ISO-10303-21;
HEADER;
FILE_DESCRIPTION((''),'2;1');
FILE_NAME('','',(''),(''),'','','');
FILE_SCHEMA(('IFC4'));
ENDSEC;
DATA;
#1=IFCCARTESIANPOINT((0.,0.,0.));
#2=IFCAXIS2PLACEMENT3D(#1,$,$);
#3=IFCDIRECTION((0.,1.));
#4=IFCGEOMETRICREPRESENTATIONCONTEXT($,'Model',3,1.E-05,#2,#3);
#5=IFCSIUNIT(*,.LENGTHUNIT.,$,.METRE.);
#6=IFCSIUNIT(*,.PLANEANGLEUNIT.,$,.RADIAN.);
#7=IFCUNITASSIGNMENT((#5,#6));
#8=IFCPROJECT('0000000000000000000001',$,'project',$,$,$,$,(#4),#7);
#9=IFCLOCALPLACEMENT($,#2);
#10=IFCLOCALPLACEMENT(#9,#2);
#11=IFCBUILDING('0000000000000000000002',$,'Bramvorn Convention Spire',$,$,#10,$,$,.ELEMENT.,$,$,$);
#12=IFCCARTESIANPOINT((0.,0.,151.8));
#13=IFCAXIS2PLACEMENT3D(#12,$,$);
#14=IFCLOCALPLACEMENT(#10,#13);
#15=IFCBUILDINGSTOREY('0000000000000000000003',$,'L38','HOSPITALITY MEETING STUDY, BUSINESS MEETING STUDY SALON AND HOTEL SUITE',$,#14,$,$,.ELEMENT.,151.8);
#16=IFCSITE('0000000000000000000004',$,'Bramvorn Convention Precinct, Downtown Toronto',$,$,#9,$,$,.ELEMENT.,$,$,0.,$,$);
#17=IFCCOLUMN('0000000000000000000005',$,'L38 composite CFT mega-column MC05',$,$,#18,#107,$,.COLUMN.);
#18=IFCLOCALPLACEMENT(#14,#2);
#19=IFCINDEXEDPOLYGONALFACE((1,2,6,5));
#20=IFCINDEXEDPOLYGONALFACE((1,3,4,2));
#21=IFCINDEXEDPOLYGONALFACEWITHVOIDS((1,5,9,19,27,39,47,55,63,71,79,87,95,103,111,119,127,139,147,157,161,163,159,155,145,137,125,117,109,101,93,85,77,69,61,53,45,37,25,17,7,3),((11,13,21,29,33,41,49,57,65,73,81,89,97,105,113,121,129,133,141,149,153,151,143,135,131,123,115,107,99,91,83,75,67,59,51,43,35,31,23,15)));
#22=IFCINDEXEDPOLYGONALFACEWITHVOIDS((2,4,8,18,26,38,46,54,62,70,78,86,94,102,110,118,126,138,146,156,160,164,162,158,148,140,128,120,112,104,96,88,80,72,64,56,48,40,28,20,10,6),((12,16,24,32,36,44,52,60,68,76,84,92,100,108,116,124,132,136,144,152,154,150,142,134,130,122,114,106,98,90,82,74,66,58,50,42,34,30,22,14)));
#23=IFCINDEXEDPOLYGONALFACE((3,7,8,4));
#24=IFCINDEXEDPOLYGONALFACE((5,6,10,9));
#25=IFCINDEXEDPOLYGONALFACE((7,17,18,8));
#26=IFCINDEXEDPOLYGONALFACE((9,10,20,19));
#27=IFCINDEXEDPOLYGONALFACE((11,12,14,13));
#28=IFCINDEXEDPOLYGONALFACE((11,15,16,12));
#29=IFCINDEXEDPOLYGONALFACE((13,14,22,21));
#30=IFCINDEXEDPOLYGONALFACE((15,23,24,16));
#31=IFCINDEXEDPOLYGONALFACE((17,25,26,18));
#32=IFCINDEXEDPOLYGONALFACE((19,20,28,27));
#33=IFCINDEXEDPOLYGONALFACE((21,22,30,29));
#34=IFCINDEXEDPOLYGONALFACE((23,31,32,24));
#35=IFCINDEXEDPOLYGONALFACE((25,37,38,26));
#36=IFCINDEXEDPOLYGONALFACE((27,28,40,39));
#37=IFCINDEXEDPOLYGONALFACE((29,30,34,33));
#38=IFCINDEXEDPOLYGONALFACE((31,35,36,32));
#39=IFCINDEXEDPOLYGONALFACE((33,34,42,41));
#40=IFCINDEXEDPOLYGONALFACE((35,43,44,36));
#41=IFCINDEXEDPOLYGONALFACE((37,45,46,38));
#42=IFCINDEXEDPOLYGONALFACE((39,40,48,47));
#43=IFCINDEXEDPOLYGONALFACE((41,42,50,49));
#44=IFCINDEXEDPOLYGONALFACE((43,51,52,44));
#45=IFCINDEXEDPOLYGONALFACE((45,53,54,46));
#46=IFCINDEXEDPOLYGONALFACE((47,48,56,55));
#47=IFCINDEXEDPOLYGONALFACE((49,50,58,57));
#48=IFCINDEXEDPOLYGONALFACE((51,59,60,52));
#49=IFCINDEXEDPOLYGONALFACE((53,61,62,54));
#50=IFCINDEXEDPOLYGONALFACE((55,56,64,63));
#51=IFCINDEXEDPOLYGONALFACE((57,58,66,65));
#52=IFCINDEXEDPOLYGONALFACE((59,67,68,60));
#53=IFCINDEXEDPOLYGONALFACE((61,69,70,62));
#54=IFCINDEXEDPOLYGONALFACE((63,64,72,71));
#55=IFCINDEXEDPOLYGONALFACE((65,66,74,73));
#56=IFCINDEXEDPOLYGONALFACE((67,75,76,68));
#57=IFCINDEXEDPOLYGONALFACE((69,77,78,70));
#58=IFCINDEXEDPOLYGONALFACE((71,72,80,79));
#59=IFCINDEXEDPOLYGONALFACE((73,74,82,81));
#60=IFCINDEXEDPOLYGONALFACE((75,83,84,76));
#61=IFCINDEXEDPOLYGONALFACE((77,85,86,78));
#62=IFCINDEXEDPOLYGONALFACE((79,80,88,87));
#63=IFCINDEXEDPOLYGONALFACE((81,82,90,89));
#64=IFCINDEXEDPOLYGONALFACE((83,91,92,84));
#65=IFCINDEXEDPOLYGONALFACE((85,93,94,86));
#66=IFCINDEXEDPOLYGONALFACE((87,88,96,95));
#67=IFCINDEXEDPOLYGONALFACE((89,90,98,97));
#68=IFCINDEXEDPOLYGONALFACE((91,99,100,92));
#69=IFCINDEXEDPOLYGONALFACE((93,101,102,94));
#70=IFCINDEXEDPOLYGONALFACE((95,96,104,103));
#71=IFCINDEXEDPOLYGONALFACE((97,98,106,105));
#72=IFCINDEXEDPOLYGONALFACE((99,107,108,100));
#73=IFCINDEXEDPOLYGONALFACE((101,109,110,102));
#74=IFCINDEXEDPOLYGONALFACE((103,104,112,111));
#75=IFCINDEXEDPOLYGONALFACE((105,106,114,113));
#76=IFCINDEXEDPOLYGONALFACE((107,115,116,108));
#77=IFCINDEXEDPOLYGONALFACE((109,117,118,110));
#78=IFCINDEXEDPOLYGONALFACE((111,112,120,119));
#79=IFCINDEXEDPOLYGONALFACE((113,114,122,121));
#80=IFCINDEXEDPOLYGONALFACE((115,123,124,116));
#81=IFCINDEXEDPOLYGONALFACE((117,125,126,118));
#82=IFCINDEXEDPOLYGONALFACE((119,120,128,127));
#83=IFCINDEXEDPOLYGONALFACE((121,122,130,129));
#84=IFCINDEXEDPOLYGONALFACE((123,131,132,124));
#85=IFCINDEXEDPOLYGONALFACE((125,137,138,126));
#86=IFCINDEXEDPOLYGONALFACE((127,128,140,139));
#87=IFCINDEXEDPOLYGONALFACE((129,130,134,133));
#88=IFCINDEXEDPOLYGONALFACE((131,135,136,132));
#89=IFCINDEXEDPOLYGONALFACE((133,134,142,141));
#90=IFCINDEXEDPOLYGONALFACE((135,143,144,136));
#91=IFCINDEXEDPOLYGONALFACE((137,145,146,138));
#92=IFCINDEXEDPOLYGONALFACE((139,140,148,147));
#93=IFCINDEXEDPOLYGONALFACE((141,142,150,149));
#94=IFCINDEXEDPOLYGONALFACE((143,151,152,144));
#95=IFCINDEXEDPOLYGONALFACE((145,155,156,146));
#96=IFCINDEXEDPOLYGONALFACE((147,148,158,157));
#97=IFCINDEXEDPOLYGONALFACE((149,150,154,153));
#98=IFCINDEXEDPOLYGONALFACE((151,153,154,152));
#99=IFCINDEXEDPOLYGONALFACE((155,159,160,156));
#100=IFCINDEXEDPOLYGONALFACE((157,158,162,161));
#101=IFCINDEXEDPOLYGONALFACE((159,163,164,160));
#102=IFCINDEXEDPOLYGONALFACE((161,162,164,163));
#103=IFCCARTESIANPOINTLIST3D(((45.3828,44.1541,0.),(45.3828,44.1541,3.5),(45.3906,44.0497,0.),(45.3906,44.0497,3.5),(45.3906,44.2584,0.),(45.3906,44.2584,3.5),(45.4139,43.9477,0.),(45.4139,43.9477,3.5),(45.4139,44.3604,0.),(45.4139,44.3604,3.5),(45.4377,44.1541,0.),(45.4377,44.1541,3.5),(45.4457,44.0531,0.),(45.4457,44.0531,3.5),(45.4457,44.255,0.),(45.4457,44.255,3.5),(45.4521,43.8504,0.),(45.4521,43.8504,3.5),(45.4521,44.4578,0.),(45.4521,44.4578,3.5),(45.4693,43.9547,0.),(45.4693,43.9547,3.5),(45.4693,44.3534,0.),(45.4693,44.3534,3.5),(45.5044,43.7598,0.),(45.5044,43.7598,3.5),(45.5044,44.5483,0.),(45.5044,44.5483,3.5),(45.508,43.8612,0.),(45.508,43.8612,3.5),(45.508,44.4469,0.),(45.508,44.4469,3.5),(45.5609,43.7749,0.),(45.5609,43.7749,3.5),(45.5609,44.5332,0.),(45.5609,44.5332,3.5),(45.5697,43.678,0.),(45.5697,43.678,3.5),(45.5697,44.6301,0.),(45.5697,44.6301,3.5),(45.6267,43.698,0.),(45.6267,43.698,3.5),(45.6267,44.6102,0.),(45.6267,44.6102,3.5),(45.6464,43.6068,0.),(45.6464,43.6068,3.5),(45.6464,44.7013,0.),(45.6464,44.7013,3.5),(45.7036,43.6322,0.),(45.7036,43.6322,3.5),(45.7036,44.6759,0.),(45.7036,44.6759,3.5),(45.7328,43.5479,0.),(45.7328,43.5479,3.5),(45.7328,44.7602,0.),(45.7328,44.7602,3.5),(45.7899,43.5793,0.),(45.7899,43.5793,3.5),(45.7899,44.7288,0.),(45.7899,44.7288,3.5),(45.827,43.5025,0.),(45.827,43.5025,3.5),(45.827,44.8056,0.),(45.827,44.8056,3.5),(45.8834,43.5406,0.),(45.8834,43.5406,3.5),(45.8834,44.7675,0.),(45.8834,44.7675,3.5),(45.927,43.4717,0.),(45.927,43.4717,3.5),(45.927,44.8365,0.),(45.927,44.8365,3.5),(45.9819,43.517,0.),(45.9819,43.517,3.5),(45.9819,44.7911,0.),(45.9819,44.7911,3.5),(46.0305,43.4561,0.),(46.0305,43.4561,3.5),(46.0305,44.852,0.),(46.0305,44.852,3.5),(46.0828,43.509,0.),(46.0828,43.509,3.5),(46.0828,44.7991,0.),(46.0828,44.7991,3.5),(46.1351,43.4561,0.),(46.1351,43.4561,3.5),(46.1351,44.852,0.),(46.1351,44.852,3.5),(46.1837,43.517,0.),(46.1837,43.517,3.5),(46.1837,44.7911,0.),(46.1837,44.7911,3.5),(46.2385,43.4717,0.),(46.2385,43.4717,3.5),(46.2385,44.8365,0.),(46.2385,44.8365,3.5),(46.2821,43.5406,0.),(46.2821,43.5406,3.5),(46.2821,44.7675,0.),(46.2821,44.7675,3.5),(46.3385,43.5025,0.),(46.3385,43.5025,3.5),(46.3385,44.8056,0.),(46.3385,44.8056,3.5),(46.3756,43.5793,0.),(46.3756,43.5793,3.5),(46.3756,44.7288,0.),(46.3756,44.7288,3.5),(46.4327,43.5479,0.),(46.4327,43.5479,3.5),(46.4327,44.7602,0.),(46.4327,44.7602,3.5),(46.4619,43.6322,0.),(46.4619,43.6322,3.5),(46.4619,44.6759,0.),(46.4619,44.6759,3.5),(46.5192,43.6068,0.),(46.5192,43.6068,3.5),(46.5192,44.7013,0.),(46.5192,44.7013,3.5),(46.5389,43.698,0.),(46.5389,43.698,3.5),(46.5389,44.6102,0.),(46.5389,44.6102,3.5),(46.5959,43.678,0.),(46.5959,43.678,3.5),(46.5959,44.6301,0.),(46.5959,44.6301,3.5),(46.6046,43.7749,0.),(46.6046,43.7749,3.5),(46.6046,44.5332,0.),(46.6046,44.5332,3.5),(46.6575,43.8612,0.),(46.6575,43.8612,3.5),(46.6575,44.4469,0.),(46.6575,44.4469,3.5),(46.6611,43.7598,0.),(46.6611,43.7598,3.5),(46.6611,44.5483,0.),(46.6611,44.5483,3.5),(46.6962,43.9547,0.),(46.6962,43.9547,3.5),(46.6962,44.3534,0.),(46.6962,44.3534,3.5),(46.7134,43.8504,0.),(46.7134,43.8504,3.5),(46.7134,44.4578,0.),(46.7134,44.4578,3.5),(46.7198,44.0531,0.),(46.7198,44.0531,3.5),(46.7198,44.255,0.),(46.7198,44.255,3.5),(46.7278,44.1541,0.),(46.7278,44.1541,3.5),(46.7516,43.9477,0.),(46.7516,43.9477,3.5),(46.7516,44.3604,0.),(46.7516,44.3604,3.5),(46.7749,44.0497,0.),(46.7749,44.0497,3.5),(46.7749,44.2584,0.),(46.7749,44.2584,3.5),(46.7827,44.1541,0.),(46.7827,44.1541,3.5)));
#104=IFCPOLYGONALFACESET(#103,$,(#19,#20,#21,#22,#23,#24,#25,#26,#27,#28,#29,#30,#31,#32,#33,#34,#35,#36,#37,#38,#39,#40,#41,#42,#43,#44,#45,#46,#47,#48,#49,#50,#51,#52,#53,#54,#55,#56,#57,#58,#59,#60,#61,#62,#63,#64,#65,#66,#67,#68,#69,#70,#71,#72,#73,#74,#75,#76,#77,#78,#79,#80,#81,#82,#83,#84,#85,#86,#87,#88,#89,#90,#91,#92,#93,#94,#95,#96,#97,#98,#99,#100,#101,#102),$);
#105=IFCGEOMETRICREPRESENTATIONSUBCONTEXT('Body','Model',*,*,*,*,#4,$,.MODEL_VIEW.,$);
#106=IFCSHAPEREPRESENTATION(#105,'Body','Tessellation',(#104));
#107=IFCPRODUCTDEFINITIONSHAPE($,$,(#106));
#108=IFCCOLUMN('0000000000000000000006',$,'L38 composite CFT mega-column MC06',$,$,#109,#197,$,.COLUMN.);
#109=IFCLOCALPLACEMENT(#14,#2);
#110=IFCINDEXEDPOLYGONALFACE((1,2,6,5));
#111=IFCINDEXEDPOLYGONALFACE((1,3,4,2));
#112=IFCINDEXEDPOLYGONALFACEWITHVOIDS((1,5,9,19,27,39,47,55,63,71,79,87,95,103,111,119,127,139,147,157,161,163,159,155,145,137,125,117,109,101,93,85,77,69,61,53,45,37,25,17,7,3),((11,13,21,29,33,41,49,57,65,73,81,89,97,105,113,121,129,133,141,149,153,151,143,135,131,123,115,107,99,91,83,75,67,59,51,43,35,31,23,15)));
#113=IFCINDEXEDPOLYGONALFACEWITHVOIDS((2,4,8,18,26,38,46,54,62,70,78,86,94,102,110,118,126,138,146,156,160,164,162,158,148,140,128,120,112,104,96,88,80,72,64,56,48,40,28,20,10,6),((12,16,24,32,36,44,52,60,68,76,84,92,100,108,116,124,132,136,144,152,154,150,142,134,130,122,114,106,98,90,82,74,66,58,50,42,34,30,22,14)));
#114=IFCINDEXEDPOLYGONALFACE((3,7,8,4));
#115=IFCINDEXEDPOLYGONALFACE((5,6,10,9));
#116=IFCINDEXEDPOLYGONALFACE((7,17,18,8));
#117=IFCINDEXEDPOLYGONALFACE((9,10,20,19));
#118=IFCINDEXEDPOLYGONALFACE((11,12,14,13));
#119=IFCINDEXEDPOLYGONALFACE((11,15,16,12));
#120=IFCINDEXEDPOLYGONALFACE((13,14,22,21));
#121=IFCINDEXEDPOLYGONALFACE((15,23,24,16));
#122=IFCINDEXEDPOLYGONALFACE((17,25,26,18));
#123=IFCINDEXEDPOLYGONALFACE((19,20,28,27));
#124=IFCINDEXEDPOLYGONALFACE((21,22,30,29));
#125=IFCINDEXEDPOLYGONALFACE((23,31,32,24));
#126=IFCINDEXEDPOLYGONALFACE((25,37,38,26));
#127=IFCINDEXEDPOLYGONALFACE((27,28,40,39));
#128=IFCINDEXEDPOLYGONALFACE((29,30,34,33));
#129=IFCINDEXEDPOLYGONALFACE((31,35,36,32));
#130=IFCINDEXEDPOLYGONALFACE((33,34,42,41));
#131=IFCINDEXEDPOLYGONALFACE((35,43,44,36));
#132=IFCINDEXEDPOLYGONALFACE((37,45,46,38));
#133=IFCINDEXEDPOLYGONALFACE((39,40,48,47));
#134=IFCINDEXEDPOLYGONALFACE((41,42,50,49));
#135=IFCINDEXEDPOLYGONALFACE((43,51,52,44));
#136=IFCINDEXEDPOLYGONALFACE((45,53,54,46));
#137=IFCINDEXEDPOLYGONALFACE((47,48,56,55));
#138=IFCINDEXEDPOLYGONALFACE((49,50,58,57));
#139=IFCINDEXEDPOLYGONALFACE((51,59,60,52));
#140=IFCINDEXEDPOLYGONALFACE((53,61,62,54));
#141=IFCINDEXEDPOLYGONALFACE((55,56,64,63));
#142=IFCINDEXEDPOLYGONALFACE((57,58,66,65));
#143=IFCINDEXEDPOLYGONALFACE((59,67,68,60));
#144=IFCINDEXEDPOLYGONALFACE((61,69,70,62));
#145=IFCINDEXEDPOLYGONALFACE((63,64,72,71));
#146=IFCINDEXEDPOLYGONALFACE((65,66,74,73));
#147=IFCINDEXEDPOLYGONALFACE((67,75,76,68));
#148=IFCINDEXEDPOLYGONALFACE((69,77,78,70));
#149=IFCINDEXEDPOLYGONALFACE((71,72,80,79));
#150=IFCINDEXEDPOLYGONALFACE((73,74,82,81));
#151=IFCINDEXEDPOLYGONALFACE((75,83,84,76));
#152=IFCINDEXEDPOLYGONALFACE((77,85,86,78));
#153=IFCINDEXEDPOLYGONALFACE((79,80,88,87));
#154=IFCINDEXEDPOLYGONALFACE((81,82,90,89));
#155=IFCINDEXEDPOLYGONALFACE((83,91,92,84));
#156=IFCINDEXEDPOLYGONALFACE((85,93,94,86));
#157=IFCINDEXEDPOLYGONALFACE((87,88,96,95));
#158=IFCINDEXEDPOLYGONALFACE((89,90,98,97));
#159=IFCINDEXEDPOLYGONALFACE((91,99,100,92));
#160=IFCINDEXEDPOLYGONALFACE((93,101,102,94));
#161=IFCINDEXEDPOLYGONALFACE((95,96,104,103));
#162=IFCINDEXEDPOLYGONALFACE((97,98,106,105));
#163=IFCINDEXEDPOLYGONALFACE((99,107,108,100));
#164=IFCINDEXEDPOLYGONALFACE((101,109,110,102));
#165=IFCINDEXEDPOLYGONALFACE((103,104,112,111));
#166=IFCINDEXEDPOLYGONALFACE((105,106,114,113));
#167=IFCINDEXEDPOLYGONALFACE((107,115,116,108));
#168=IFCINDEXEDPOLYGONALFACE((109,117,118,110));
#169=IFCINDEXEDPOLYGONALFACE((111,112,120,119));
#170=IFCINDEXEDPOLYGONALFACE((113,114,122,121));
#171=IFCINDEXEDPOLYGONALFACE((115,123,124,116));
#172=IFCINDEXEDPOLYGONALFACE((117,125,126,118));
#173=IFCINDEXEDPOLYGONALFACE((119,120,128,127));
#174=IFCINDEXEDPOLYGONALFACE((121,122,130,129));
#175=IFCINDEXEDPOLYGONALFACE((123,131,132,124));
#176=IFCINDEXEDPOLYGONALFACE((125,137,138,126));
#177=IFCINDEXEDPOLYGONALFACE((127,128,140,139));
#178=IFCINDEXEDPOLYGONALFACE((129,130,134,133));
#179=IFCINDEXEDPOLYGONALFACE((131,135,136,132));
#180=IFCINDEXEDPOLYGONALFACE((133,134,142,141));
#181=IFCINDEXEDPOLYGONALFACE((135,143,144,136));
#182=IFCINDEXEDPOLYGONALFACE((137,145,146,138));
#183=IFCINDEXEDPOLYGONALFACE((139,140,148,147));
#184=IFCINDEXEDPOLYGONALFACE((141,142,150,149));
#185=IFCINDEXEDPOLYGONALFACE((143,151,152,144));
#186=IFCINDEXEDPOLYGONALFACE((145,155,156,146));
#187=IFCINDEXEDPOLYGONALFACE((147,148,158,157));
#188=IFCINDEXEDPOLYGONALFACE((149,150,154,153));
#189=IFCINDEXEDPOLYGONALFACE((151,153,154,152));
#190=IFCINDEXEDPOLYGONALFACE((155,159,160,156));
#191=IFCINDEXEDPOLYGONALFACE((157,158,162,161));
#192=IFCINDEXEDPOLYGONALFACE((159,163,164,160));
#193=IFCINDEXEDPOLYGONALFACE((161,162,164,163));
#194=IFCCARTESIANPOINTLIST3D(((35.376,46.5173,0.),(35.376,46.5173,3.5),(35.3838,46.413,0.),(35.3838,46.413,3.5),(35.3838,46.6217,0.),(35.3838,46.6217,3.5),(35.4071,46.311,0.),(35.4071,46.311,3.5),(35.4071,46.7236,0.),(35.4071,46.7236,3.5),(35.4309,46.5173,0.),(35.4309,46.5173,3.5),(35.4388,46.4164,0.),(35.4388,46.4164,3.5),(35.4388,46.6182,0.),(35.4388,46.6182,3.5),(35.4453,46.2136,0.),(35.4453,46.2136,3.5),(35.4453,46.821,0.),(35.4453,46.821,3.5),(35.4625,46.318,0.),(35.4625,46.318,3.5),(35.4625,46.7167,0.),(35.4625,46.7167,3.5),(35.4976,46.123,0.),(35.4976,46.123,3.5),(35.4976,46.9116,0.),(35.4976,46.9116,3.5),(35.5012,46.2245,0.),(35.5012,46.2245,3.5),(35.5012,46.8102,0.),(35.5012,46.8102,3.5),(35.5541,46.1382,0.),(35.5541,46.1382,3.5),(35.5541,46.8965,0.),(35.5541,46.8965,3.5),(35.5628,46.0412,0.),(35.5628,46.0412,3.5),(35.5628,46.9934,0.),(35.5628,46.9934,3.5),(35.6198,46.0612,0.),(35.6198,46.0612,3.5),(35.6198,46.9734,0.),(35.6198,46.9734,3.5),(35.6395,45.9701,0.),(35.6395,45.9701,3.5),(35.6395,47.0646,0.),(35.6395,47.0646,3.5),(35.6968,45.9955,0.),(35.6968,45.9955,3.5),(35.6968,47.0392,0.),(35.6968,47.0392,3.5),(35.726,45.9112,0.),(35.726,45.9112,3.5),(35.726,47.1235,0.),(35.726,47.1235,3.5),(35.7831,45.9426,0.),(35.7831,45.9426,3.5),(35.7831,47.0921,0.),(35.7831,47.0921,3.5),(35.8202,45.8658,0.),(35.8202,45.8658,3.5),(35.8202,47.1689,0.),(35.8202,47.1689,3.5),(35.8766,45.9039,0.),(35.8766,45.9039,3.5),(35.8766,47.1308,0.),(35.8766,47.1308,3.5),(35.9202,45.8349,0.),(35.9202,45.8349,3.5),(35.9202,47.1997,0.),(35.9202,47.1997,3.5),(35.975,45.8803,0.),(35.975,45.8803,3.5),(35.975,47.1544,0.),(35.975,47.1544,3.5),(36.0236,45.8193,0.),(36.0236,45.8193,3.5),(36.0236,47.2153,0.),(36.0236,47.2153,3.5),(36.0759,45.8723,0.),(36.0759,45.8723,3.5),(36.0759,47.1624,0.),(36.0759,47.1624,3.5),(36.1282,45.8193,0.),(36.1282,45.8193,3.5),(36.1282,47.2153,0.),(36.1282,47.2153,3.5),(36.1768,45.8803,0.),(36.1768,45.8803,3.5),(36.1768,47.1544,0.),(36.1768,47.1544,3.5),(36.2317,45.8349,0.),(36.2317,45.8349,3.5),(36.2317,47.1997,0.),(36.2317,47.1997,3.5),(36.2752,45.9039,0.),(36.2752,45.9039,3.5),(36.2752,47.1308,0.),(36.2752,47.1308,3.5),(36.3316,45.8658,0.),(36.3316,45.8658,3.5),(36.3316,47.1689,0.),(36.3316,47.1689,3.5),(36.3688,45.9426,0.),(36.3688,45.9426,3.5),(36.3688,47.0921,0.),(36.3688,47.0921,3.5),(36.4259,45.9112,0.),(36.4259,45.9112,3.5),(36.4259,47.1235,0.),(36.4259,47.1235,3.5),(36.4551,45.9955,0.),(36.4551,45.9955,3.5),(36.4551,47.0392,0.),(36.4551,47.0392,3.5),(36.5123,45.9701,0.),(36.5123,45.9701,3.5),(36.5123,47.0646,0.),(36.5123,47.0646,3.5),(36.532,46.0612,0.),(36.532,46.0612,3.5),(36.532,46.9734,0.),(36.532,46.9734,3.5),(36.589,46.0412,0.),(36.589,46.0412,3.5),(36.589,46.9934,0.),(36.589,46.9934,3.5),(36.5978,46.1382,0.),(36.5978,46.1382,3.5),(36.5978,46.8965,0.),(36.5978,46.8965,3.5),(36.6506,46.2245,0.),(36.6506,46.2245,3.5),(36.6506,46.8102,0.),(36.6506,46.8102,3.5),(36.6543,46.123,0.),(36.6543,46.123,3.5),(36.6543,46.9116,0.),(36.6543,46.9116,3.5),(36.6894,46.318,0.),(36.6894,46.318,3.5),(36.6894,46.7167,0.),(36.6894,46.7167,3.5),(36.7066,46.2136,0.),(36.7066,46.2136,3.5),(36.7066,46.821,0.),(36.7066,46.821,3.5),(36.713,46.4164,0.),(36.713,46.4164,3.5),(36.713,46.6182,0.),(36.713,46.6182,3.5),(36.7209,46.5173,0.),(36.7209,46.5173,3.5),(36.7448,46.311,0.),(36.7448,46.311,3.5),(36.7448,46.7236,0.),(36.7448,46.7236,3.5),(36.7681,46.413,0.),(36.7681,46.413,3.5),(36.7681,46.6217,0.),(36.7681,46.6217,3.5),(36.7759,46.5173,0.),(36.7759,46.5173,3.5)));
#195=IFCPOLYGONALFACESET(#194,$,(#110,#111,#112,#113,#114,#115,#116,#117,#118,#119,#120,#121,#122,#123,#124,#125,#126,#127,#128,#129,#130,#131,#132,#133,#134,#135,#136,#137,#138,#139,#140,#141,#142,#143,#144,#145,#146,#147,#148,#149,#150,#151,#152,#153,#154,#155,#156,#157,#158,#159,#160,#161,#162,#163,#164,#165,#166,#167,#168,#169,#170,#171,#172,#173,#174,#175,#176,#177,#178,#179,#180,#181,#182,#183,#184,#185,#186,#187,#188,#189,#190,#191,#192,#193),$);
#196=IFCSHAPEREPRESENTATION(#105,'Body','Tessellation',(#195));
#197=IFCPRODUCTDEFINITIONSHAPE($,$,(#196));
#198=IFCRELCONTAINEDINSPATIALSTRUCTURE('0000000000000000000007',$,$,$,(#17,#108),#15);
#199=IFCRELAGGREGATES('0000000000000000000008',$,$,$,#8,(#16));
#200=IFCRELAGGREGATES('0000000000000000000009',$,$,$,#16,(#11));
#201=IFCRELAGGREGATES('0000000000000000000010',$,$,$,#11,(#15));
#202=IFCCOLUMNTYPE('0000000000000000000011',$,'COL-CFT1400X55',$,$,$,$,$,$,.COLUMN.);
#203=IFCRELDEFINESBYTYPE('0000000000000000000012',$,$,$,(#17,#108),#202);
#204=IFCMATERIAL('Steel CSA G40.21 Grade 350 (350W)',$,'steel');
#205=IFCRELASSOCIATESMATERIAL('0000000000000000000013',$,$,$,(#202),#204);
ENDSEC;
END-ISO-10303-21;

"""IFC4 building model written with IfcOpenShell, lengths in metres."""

from ifc_helpers import new_model, si_unit, direction, frame, origin, origin_2d, place, context, subcontext, project, spatial, hollow_circle, extrude, material, material_profile, profile_set, type_object, element, save


model = new_model("IFC4")

# Units and contexts
model_context = context("Model", 3, precision=1e-05, world=origin(), true_north=direction((0.0, 1.0)))
body_context = subcontext(model_context, "Body", "Model", "MODEL_VIEW")
ifc_project = project(units=[si_unit("LENGTHUNIT", "METRE"), si_unit("PLANEANGLEUNIT", "RADIAN")], contexts=[model_context])

# Site, building, storey
site_placement = place(None, origin())
site = spatial("IfcSite", under=ifc_project, at=site_placement, Name="Bramvorn Convention Precinct, Downtown Toronto", CompositionType="ELEMENT", RefElevation=0.0)
building_placement = place(site_placement, origin())
building = spatial("IfcBuilding", under=site, at=building_placement, Name="Bramvorn Convention Spire", CompositionType="ELEMENT")
storey_placement = place(building_placement, frame((0.0, 0.0, 151.8)))
storey = spatial("IfcBuildingStorey", under=building, at=storey_placement, Name="L38", Description="HOSPITALITY MEETING STUDY, BUSINESS MEETING STUDY SALON AND HOTEL SUITE", CompositionType="ELEMENT", Elevation=151.8)

# Columns
ifc_material_1 = material(Name="Steel CSA G40.21 Grade 350 (350W)", Category="steel")
ifc_material_profile_1 = material_profile(ifc_material_1, hollow_circle(Radius=0.7, WallThickness=0.0549, at=origin_2d()))
ifc_profile_set_1 = profile_set([ifc_material_profile_1], Name="Steel CSA G40.21 Grade 350 (350W) - CFT1400X55")
column_type = type_object("IfcColumnType", Name="COL-CFT1400X55", PredefinedType="COLUMN", material=ifc_profile_set_1)
for number, where, z_axis, x_axis, name in (
    (1, (46.0828, 44.1541, 0.0), (0.0, 0.0, 1.0), (1.0, 0.0, 0.0), "L38 composite CFT mega-column MC05"),
    (2, (36.0759, 46.5173, 0.0), (0.0, 0.0, 1.0), (1.0, 0.0, 0.0), "L38 composite CFT mega-column MC06"),
):
    element("IfcColumn", number, at=place(storey_placement, frame(where, z_axis=z_axis, x_axis=x_axis)), inside=storey, type_object=column_type, Name=name, PredefinedType="COLUMN", context=body_context, shape_type="SweptSolid", body=[
        extrude(hollow_circle(Radius=0.7, WallThickness=0.0549, at=origin_2d()), origin(), (0.0, 0.0, 1.0), 3.5),
    ])

save(model, "model.ifc")
